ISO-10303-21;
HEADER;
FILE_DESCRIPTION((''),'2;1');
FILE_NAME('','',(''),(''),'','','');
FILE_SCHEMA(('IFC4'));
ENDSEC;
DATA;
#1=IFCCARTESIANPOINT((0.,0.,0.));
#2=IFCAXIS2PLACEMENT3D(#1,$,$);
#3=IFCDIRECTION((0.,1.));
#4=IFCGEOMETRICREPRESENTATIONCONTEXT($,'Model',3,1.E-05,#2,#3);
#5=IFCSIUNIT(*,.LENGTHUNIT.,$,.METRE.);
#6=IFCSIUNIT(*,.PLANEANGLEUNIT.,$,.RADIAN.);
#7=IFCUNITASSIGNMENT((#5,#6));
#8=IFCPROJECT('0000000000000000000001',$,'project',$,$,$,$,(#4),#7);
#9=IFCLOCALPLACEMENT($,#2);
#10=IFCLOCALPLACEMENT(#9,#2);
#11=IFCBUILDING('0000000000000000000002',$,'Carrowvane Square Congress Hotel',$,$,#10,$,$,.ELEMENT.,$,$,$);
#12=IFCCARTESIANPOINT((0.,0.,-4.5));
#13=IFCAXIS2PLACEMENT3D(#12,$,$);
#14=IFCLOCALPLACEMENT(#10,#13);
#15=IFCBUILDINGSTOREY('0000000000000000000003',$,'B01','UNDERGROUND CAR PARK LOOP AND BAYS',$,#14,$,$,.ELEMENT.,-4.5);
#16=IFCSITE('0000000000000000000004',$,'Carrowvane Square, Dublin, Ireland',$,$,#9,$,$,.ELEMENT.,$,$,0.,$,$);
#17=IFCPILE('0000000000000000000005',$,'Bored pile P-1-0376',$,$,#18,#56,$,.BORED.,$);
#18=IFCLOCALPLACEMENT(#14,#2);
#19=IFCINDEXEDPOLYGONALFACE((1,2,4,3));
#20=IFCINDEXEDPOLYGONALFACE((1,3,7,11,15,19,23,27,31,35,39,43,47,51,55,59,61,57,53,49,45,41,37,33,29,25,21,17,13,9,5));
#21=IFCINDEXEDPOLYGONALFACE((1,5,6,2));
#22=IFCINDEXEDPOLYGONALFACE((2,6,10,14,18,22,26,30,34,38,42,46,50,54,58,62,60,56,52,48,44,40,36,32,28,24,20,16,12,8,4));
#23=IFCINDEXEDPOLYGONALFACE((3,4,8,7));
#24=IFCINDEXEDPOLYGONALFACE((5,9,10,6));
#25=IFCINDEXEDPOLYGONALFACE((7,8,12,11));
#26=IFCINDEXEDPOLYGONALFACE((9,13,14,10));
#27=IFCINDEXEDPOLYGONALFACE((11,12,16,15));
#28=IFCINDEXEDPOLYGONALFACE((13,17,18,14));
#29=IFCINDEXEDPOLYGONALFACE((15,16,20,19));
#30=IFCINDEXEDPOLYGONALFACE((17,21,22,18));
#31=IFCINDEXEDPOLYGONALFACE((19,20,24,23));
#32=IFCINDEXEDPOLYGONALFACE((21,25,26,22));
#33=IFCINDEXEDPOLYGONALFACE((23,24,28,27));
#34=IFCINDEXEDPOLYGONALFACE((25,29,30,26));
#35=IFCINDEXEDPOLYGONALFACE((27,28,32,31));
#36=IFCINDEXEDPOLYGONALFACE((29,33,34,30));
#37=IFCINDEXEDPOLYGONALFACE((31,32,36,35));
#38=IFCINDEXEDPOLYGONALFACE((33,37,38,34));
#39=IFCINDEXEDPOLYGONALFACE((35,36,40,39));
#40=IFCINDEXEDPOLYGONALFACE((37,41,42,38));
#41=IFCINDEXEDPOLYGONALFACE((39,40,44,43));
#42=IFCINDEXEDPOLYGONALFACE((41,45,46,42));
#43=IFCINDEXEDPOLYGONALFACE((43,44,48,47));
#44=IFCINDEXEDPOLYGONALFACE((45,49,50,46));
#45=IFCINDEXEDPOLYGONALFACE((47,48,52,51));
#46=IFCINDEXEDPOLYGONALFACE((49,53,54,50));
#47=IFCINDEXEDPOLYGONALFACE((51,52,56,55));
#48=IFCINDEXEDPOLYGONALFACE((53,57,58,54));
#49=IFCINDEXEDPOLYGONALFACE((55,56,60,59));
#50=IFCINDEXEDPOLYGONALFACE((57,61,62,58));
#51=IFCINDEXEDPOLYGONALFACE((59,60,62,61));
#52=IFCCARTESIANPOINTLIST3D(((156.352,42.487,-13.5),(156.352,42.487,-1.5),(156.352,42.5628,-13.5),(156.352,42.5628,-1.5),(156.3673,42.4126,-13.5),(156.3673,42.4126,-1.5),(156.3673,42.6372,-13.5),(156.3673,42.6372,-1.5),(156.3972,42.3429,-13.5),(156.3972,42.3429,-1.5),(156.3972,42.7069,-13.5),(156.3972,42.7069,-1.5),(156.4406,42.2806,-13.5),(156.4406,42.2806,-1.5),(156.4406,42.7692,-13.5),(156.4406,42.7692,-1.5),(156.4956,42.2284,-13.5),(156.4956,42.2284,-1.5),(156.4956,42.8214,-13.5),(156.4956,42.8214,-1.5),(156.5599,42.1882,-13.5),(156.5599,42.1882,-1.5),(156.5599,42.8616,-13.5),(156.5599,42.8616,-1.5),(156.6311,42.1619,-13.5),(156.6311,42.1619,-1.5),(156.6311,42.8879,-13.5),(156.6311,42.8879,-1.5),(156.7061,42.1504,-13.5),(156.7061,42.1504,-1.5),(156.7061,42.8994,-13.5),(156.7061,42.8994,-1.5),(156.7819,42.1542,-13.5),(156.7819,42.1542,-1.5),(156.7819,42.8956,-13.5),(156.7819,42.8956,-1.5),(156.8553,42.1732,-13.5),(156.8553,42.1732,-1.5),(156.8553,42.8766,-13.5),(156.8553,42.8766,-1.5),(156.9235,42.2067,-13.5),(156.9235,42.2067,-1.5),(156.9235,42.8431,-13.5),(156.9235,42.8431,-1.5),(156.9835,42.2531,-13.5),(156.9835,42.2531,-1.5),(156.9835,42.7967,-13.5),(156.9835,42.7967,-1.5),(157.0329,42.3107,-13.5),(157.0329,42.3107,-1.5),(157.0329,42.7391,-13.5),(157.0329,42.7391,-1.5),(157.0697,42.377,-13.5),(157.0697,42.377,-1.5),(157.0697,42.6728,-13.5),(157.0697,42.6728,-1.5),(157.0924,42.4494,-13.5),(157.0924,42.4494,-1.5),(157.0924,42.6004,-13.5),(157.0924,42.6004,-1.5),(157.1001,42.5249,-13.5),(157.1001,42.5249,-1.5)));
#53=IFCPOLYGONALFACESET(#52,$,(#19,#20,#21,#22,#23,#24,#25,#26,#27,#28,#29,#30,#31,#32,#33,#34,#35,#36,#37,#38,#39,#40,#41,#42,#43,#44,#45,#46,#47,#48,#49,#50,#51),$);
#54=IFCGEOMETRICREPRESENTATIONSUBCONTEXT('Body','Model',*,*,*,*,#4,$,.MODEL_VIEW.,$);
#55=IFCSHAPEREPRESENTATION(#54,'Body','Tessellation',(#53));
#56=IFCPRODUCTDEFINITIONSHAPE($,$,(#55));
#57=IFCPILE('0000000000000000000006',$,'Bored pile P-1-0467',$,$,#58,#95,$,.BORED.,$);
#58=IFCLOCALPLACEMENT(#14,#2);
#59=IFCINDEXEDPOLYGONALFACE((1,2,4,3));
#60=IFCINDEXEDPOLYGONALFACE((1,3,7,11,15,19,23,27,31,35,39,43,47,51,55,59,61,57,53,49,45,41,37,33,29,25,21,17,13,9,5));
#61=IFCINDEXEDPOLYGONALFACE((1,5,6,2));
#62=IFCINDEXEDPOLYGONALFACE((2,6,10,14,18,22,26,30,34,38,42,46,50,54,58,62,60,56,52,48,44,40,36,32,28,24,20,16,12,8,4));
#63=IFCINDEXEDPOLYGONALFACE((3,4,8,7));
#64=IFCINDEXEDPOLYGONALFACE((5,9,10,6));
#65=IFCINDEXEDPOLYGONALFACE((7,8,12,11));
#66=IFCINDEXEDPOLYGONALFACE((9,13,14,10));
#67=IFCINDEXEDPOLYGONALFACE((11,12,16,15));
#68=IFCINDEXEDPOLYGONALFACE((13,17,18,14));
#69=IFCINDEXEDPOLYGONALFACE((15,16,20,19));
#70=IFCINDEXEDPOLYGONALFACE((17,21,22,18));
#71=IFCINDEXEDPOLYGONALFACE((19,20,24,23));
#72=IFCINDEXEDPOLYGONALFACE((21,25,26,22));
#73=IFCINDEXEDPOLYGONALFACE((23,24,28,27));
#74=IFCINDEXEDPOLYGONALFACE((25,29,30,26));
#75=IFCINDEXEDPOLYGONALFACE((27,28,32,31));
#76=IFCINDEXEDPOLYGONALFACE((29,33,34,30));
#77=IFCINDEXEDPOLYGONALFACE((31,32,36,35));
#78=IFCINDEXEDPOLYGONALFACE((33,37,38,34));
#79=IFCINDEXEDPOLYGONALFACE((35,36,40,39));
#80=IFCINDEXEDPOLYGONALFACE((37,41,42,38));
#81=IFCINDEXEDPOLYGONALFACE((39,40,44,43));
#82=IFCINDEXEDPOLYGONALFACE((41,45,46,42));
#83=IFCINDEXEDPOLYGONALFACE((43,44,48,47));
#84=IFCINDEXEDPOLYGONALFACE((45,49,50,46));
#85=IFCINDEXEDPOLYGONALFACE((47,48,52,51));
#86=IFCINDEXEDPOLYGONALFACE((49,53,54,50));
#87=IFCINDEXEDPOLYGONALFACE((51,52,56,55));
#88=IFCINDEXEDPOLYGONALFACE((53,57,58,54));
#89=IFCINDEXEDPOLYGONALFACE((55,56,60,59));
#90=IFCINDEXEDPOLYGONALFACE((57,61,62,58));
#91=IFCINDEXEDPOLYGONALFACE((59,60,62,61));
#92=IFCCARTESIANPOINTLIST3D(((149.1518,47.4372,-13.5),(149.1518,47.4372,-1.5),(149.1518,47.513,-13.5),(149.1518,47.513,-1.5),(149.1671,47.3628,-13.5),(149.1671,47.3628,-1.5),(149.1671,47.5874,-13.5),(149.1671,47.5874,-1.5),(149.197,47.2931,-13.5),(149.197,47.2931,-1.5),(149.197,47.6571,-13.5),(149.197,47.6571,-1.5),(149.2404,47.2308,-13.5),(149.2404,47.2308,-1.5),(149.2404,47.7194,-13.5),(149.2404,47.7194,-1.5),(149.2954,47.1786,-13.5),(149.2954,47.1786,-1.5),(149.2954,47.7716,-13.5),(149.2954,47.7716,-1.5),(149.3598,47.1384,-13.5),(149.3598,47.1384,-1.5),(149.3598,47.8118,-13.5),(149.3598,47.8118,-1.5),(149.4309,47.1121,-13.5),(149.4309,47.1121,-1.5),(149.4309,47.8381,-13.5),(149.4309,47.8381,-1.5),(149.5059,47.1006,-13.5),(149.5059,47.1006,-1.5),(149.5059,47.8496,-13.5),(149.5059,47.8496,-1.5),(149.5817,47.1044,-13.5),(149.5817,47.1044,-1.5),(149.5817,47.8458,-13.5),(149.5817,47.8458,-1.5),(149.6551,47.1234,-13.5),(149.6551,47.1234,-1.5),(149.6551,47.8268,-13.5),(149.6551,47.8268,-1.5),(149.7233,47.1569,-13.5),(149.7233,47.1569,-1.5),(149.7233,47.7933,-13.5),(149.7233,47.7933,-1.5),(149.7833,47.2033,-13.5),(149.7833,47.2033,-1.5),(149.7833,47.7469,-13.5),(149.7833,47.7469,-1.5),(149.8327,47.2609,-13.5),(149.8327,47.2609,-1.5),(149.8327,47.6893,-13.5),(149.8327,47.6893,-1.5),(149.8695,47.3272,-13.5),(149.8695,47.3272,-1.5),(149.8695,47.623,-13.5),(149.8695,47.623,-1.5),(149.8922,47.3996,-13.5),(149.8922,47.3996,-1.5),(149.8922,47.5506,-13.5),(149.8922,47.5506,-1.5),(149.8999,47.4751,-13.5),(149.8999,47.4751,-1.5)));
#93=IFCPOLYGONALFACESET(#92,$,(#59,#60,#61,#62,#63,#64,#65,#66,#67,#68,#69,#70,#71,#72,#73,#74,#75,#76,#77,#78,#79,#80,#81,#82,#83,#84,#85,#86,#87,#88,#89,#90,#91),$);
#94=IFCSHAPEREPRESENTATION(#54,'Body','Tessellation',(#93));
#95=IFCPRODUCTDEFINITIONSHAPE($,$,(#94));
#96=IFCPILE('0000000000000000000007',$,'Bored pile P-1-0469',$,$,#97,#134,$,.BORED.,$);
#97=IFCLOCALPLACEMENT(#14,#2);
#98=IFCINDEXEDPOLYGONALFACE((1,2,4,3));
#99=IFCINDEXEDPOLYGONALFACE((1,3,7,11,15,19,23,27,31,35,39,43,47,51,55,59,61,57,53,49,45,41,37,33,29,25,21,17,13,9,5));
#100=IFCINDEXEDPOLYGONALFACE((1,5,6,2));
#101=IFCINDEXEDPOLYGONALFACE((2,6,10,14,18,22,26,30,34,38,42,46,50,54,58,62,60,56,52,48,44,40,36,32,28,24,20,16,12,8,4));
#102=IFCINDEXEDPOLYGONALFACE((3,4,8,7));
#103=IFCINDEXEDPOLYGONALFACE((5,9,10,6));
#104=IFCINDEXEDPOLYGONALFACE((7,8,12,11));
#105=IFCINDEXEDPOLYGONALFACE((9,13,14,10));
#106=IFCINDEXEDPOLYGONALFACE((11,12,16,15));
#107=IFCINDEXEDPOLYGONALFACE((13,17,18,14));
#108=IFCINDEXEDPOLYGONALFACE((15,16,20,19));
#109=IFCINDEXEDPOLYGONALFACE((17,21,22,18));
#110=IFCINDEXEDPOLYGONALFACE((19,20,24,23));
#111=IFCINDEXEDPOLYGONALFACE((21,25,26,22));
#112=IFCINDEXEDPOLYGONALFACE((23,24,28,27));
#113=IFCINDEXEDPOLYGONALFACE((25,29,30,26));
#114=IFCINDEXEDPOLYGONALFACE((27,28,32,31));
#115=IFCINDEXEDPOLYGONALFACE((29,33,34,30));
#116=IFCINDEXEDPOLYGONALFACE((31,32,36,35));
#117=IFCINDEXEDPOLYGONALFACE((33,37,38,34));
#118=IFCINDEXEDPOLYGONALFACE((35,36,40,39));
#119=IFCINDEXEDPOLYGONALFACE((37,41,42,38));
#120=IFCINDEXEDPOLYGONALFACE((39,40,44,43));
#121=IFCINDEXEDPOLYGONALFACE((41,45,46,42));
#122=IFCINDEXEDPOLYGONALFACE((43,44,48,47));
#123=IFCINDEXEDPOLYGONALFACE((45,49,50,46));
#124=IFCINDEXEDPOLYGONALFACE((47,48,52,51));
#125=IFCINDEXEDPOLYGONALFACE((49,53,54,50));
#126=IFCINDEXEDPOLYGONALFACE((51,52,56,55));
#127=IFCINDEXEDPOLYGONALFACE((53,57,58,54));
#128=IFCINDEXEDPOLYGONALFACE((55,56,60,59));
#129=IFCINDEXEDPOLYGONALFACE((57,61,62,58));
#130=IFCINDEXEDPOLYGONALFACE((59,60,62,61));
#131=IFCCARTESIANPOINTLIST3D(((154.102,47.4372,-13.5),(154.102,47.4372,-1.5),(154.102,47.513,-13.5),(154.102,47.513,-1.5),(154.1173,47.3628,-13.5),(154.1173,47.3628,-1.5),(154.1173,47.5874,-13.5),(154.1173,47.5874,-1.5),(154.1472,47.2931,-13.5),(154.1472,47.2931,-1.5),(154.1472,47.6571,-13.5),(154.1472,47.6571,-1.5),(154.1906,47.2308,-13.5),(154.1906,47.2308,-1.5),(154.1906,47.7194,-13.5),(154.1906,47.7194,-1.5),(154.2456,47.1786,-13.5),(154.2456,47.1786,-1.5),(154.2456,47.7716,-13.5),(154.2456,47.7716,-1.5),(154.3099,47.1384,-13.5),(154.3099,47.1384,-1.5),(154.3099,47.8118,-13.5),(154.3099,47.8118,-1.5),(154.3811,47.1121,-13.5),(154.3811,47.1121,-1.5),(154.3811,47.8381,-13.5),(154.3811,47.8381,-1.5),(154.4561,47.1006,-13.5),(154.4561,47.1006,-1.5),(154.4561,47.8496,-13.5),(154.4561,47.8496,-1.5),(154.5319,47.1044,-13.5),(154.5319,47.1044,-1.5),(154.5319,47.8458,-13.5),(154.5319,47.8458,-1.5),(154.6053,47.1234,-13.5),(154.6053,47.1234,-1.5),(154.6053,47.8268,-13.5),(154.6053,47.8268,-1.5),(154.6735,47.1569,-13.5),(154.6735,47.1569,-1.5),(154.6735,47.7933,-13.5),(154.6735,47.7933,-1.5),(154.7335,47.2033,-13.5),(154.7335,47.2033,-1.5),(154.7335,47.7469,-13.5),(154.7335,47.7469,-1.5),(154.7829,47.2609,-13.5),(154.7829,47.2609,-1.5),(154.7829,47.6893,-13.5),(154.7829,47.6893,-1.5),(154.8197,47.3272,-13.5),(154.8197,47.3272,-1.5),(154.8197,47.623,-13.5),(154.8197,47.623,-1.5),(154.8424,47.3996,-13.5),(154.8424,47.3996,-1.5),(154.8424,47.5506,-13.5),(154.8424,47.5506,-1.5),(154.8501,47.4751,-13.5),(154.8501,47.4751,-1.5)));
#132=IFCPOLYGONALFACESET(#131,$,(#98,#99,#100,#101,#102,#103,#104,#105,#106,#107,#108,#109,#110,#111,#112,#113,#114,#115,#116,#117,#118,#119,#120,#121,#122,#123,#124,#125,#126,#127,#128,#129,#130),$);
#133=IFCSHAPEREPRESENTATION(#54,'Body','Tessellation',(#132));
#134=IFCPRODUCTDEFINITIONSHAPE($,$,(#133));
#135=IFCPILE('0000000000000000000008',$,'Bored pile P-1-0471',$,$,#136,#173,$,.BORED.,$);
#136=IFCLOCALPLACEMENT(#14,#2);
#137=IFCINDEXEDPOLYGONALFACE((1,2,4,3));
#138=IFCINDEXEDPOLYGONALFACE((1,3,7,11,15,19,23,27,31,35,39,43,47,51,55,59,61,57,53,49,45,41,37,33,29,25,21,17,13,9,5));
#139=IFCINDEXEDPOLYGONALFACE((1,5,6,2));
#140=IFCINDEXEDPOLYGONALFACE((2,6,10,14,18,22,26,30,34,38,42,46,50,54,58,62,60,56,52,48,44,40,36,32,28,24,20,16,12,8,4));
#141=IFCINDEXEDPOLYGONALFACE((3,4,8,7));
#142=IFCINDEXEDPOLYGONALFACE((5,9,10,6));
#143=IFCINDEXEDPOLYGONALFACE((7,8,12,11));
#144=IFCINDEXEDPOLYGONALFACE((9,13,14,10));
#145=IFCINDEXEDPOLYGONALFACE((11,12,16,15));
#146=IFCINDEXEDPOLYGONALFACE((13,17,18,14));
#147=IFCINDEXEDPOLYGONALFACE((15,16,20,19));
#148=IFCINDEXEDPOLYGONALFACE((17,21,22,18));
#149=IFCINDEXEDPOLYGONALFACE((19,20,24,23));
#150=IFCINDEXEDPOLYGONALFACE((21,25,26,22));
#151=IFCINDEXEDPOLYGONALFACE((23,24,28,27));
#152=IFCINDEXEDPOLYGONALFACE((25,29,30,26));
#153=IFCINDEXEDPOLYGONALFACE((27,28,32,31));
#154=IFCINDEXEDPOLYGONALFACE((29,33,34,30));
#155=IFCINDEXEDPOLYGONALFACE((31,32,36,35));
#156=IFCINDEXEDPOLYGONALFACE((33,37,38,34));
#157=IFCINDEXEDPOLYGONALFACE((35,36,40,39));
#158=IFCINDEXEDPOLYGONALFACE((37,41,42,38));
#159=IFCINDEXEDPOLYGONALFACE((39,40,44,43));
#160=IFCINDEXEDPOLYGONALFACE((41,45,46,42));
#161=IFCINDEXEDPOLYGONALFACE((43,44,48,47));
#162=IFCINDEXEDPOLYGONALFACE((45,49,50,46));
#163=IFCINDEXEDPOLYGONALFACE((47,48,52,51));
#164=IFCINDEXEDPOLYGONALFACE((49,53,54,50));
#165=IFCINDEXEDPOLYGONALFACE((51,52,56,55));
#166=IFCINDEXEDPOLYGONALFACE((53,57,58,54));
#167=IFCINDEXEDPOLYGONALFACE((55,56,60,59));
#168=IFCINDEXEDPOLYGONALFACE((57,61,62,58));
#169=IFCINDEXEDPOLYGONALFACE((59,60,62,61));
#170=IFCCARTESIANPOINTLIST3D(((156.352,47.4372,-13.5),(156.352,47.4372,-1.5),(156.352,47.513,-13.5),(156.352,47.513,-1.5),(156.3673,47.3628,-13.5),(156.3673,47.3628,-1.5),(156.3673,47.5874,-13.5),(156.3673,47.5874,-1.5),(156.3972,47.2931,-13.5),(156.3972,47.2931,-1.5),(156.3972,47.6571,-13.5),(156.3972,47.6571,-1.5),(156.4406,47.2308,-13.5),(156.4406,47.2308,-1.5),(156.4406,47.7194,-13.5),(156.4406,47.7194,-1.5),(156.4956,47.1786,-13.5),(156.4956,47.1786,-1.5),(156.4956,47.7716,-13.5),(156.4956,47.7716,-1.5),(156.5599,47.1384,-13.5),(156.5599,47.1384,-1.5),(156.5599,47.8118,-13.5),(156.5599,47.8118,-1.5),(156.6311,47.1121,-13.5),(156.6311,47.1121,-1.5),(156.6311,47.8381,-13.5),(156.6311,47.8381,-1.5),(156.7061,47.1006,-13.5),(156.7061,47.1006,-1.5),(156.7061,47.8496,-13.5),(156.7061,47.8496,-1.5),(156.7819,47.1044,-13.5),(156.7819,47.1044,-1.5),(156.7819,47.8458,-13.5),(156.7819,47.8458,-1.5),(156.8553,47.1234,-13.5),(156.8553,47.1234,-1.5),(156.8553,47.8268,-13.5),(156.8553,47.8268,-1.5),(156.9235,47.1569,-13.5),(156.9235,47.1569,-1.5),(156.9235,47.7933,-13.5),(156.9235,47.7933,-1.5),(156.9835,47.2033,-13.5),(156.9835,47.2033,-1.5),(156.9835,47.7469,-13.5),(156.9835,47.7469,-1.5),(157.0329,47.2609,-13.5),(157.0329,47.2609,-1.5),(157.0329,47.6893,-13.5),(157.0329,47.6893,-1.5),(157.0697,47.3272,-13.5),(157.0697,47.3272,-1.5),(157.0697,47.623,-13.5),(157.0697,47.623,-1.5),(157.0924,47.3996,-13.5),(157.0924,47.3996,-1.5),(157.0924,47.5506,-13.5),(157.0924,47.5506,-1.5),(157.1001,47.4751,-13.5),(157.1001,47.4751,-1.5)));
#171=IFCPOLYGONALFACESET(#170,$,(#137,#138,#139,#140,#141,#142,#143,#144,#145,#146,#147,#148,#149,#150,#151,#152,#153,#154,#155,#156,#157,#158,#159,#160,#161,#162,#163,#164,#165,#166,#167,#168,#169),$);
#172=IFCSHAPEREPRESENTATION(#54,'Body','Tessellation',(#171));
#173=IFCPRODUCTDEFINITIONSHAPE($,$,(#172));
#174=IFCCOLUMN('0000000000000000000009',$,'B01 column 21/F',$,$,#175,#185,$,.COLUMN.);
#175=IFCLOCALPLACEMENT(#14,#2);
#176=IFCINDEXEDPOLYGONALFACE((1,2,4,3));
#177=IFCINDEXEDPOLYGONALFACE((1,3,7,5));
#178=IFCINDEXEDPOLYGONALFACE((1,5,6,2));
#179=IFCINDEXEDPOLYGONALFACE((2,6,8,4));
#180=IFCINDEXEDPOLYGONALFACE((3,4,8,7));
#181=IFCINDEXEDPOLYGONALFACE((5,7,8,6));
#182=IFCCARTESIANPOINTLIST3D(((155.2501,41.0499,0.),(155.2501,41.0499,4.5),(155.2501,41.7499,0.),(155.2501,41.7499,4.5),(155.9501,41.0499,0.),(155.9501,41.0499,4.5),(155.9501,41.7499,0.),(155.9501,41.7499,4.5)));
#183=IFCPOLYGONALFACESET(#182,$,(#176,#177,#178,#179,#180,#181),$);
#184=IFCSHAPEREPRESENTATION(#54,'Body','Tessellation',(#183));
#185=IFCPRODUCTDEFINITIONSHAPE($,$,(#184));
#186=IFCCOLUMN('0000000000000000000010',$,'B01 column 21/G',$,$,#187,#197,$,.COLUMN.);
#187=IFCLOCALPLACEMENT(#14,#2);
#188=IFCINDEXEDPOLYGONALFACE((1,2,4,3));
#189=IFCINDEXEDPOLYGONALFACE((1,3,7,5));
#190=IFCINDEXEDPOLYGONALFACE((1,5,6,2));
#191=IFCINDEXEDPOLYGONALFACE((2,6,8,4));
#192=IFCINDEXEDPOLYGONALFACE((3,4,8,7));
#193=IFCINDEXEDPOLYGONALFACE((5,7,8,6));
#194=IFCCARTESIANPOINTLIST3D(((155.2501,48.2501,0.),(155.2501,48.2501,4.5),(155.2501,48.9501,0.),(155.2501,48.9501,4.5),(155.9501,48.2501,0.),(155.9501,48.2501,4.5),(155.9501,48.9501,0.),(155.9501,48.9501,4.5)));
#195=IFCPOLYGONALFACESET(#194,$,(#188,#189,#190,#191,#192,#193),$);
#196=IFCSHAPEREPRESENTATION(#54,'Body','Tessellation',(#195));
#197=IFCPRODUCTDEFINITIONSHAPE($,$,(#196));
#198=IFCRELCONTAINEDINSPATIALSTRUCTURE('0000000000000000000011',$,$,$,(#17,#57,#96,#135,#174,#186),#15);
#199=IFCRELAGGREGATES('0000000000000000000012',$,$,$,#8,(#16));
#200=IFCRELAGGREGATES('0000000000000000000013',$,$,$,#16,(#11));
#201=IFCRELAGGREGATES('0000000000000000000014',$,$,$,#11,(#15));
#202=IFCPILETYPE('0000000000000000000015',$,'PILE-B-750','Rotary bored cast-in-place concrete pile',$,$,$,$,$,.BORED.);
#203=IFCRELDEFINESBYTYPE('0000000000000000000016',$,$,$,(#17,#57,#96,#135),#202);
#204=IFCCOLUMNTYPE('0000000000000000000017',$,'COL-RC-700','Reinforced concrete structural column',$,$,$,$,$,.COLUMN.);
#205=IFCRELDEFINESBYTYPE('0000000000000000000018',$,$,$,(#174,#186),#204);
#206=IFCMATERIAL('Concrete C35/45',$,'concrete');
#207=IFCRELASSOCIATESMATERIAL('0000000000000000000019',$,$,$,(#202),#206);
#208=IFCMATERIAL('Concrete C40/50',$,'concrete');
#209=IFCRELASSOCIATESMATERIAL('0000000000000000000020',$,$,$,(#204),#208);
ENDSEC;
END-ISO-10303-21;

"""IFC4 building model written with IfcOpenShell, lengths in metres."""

from ifc_helpers import new_model, si_unit, direction, frame, origin, origin_2d, place, context, subcontext, project, spatial, rectangle, circle, extrude, material, material_profile, profile_set, type_object, element, save


model = new_model("IFC4")

# Units and contexts
model_context = context("Model", 3, precision=1e-05, world=origin(), true_north=direction((0.0, 1.0)))
body_context = subcontext(model_context, "Body", "Model", "MODEL_VIEW")
ifc_project = project(units=[si_unit("LENGTHUNIT", "METRE"), si_unit("PLANEANGLEUNIT", "RADIAN")], contexts=[model_context])

# Site, building, storey
site_placement = place(None, origin())
site = spatial("IfcSite", under=ifc_project, at=site_placement, Name="Carrowvane Square, Dublin, Ireland", CompositionType="ELEMENT", RefElevation=0.0)
building_placement = place(site_placement, origin())
building = spatial("IfcBuilding", under=site, at=building_placement, Name="Carrowvane Square Congress Hotel", CompositionType="ELEMENT")
storey_placement = place(building_placement, frame((0.0, 0.0, -4.5)))
storey = spatial("IfcBuildingStorey", under=building, at=storey_placement, Name="B01", Description="UNDERGROUND CAR PARK LOOP AND BAYS", CompositionType="ELEMENT", Elevation=-4.5)

# Piles
ifc_material_1 = material(Name="Concrete C35/45", Category="concrete")
ifc_material_profile_1 = material_profile(ifc_material_1, circle(Radius=0.375, at=origin_2d()), Name="PILE D750")
ifc_profile_set_1 = profile_set([ifc_material_profile_1], Name="Concrete C35/45")
pile_type = type_object("IfcPileType", Name="PILE-B-750", Description="Rotary bored cast-in-place concrete pile", PredefinedType="BORED", material=ifc_profile_set_1)
for number, where, z_axis, x_axis, name in (
    (1, (156.7251, 42.5249, -1.5), (0.0, 0.0, -1.0), (1.0, 0.0, 0.0), "Bored pile P-1-0376"),
    (2, (149.5249, 47.4751, -1.5), (0.0, 0.0, -1.0), (1.0, 0.0, 0.0), "Bored pile P-1-0467"),
    (3, (154.4751, 47.4751, -1.5), (0.0, 0.0, -1.0), (1.0, 0.0, 0.0), "Bored pile P-1-0469"),
    (4, (156.7251, 47.4751, -1.5), (0.0, 0.0, -1.0), (1.0, 0.0, 0.0), "Bored pile P-1-0471"),
):
    element("IfcPile", number, at=place(storey_placement, frame(where, z_axis=z_axis, x_axis=x_axis)), inside=storey, type_object=pile_type, Name=name, PredefinedType="BORED", context=body_context, shape_type="SweptSolid", body=[
        extrude(circle(Radius=0.375, at=origin_2d()), origin(), (0.0, 0.0, 1.0), 12.0),
    ])

# Columns
ifc_material_2 = material(Name="Concrete C40/50", Category="concrete")
ifc_material_profile_2 = material_profile(ifc_material_2, rectangle(XDim=0.7, YDim=0.7, at=origin_2d()), Name="RC 700x700")
ifc_profile_set_2 = profile_set([ifc_material_profile_2], Name="Concrete C40/50")
column_type = type_object("IfcColumnType", Name="COL-RC-700", Description="Reinforced concrete structural column", PredefinedType="COLUMN", material=ifc_profile_set_2)
for number, where, z_axis, x_axis, name in (
    (5, (155.6001, 41.3999, 0.0), (0.0, 0.0, 1.0), (1.0, 0.0, 0.0), "B01 column 21/F"),
    (6, (155.6001, 48.6001, 0.0), (0.0, 0.0, 1.0), (1.0, 0.0, 0.0), "B01 column 21/G"),
):
    element("IfcColumn", number, at=place(storey_placement, frame(where, z_axis=z_axis, x_axis=x_axis)), inside=storey, type_object=column_type, Name=name, PredefinedType="COLUMN", context=body_context, shape_type="SweptSolid", body=[
        extrude(rectangle(XDim=0.7, YDim=0.7, at=origin_2d()), origin(), (0.0, 0.0, 1.0), 4.5),
    ])

save(model, "model.ifc")
